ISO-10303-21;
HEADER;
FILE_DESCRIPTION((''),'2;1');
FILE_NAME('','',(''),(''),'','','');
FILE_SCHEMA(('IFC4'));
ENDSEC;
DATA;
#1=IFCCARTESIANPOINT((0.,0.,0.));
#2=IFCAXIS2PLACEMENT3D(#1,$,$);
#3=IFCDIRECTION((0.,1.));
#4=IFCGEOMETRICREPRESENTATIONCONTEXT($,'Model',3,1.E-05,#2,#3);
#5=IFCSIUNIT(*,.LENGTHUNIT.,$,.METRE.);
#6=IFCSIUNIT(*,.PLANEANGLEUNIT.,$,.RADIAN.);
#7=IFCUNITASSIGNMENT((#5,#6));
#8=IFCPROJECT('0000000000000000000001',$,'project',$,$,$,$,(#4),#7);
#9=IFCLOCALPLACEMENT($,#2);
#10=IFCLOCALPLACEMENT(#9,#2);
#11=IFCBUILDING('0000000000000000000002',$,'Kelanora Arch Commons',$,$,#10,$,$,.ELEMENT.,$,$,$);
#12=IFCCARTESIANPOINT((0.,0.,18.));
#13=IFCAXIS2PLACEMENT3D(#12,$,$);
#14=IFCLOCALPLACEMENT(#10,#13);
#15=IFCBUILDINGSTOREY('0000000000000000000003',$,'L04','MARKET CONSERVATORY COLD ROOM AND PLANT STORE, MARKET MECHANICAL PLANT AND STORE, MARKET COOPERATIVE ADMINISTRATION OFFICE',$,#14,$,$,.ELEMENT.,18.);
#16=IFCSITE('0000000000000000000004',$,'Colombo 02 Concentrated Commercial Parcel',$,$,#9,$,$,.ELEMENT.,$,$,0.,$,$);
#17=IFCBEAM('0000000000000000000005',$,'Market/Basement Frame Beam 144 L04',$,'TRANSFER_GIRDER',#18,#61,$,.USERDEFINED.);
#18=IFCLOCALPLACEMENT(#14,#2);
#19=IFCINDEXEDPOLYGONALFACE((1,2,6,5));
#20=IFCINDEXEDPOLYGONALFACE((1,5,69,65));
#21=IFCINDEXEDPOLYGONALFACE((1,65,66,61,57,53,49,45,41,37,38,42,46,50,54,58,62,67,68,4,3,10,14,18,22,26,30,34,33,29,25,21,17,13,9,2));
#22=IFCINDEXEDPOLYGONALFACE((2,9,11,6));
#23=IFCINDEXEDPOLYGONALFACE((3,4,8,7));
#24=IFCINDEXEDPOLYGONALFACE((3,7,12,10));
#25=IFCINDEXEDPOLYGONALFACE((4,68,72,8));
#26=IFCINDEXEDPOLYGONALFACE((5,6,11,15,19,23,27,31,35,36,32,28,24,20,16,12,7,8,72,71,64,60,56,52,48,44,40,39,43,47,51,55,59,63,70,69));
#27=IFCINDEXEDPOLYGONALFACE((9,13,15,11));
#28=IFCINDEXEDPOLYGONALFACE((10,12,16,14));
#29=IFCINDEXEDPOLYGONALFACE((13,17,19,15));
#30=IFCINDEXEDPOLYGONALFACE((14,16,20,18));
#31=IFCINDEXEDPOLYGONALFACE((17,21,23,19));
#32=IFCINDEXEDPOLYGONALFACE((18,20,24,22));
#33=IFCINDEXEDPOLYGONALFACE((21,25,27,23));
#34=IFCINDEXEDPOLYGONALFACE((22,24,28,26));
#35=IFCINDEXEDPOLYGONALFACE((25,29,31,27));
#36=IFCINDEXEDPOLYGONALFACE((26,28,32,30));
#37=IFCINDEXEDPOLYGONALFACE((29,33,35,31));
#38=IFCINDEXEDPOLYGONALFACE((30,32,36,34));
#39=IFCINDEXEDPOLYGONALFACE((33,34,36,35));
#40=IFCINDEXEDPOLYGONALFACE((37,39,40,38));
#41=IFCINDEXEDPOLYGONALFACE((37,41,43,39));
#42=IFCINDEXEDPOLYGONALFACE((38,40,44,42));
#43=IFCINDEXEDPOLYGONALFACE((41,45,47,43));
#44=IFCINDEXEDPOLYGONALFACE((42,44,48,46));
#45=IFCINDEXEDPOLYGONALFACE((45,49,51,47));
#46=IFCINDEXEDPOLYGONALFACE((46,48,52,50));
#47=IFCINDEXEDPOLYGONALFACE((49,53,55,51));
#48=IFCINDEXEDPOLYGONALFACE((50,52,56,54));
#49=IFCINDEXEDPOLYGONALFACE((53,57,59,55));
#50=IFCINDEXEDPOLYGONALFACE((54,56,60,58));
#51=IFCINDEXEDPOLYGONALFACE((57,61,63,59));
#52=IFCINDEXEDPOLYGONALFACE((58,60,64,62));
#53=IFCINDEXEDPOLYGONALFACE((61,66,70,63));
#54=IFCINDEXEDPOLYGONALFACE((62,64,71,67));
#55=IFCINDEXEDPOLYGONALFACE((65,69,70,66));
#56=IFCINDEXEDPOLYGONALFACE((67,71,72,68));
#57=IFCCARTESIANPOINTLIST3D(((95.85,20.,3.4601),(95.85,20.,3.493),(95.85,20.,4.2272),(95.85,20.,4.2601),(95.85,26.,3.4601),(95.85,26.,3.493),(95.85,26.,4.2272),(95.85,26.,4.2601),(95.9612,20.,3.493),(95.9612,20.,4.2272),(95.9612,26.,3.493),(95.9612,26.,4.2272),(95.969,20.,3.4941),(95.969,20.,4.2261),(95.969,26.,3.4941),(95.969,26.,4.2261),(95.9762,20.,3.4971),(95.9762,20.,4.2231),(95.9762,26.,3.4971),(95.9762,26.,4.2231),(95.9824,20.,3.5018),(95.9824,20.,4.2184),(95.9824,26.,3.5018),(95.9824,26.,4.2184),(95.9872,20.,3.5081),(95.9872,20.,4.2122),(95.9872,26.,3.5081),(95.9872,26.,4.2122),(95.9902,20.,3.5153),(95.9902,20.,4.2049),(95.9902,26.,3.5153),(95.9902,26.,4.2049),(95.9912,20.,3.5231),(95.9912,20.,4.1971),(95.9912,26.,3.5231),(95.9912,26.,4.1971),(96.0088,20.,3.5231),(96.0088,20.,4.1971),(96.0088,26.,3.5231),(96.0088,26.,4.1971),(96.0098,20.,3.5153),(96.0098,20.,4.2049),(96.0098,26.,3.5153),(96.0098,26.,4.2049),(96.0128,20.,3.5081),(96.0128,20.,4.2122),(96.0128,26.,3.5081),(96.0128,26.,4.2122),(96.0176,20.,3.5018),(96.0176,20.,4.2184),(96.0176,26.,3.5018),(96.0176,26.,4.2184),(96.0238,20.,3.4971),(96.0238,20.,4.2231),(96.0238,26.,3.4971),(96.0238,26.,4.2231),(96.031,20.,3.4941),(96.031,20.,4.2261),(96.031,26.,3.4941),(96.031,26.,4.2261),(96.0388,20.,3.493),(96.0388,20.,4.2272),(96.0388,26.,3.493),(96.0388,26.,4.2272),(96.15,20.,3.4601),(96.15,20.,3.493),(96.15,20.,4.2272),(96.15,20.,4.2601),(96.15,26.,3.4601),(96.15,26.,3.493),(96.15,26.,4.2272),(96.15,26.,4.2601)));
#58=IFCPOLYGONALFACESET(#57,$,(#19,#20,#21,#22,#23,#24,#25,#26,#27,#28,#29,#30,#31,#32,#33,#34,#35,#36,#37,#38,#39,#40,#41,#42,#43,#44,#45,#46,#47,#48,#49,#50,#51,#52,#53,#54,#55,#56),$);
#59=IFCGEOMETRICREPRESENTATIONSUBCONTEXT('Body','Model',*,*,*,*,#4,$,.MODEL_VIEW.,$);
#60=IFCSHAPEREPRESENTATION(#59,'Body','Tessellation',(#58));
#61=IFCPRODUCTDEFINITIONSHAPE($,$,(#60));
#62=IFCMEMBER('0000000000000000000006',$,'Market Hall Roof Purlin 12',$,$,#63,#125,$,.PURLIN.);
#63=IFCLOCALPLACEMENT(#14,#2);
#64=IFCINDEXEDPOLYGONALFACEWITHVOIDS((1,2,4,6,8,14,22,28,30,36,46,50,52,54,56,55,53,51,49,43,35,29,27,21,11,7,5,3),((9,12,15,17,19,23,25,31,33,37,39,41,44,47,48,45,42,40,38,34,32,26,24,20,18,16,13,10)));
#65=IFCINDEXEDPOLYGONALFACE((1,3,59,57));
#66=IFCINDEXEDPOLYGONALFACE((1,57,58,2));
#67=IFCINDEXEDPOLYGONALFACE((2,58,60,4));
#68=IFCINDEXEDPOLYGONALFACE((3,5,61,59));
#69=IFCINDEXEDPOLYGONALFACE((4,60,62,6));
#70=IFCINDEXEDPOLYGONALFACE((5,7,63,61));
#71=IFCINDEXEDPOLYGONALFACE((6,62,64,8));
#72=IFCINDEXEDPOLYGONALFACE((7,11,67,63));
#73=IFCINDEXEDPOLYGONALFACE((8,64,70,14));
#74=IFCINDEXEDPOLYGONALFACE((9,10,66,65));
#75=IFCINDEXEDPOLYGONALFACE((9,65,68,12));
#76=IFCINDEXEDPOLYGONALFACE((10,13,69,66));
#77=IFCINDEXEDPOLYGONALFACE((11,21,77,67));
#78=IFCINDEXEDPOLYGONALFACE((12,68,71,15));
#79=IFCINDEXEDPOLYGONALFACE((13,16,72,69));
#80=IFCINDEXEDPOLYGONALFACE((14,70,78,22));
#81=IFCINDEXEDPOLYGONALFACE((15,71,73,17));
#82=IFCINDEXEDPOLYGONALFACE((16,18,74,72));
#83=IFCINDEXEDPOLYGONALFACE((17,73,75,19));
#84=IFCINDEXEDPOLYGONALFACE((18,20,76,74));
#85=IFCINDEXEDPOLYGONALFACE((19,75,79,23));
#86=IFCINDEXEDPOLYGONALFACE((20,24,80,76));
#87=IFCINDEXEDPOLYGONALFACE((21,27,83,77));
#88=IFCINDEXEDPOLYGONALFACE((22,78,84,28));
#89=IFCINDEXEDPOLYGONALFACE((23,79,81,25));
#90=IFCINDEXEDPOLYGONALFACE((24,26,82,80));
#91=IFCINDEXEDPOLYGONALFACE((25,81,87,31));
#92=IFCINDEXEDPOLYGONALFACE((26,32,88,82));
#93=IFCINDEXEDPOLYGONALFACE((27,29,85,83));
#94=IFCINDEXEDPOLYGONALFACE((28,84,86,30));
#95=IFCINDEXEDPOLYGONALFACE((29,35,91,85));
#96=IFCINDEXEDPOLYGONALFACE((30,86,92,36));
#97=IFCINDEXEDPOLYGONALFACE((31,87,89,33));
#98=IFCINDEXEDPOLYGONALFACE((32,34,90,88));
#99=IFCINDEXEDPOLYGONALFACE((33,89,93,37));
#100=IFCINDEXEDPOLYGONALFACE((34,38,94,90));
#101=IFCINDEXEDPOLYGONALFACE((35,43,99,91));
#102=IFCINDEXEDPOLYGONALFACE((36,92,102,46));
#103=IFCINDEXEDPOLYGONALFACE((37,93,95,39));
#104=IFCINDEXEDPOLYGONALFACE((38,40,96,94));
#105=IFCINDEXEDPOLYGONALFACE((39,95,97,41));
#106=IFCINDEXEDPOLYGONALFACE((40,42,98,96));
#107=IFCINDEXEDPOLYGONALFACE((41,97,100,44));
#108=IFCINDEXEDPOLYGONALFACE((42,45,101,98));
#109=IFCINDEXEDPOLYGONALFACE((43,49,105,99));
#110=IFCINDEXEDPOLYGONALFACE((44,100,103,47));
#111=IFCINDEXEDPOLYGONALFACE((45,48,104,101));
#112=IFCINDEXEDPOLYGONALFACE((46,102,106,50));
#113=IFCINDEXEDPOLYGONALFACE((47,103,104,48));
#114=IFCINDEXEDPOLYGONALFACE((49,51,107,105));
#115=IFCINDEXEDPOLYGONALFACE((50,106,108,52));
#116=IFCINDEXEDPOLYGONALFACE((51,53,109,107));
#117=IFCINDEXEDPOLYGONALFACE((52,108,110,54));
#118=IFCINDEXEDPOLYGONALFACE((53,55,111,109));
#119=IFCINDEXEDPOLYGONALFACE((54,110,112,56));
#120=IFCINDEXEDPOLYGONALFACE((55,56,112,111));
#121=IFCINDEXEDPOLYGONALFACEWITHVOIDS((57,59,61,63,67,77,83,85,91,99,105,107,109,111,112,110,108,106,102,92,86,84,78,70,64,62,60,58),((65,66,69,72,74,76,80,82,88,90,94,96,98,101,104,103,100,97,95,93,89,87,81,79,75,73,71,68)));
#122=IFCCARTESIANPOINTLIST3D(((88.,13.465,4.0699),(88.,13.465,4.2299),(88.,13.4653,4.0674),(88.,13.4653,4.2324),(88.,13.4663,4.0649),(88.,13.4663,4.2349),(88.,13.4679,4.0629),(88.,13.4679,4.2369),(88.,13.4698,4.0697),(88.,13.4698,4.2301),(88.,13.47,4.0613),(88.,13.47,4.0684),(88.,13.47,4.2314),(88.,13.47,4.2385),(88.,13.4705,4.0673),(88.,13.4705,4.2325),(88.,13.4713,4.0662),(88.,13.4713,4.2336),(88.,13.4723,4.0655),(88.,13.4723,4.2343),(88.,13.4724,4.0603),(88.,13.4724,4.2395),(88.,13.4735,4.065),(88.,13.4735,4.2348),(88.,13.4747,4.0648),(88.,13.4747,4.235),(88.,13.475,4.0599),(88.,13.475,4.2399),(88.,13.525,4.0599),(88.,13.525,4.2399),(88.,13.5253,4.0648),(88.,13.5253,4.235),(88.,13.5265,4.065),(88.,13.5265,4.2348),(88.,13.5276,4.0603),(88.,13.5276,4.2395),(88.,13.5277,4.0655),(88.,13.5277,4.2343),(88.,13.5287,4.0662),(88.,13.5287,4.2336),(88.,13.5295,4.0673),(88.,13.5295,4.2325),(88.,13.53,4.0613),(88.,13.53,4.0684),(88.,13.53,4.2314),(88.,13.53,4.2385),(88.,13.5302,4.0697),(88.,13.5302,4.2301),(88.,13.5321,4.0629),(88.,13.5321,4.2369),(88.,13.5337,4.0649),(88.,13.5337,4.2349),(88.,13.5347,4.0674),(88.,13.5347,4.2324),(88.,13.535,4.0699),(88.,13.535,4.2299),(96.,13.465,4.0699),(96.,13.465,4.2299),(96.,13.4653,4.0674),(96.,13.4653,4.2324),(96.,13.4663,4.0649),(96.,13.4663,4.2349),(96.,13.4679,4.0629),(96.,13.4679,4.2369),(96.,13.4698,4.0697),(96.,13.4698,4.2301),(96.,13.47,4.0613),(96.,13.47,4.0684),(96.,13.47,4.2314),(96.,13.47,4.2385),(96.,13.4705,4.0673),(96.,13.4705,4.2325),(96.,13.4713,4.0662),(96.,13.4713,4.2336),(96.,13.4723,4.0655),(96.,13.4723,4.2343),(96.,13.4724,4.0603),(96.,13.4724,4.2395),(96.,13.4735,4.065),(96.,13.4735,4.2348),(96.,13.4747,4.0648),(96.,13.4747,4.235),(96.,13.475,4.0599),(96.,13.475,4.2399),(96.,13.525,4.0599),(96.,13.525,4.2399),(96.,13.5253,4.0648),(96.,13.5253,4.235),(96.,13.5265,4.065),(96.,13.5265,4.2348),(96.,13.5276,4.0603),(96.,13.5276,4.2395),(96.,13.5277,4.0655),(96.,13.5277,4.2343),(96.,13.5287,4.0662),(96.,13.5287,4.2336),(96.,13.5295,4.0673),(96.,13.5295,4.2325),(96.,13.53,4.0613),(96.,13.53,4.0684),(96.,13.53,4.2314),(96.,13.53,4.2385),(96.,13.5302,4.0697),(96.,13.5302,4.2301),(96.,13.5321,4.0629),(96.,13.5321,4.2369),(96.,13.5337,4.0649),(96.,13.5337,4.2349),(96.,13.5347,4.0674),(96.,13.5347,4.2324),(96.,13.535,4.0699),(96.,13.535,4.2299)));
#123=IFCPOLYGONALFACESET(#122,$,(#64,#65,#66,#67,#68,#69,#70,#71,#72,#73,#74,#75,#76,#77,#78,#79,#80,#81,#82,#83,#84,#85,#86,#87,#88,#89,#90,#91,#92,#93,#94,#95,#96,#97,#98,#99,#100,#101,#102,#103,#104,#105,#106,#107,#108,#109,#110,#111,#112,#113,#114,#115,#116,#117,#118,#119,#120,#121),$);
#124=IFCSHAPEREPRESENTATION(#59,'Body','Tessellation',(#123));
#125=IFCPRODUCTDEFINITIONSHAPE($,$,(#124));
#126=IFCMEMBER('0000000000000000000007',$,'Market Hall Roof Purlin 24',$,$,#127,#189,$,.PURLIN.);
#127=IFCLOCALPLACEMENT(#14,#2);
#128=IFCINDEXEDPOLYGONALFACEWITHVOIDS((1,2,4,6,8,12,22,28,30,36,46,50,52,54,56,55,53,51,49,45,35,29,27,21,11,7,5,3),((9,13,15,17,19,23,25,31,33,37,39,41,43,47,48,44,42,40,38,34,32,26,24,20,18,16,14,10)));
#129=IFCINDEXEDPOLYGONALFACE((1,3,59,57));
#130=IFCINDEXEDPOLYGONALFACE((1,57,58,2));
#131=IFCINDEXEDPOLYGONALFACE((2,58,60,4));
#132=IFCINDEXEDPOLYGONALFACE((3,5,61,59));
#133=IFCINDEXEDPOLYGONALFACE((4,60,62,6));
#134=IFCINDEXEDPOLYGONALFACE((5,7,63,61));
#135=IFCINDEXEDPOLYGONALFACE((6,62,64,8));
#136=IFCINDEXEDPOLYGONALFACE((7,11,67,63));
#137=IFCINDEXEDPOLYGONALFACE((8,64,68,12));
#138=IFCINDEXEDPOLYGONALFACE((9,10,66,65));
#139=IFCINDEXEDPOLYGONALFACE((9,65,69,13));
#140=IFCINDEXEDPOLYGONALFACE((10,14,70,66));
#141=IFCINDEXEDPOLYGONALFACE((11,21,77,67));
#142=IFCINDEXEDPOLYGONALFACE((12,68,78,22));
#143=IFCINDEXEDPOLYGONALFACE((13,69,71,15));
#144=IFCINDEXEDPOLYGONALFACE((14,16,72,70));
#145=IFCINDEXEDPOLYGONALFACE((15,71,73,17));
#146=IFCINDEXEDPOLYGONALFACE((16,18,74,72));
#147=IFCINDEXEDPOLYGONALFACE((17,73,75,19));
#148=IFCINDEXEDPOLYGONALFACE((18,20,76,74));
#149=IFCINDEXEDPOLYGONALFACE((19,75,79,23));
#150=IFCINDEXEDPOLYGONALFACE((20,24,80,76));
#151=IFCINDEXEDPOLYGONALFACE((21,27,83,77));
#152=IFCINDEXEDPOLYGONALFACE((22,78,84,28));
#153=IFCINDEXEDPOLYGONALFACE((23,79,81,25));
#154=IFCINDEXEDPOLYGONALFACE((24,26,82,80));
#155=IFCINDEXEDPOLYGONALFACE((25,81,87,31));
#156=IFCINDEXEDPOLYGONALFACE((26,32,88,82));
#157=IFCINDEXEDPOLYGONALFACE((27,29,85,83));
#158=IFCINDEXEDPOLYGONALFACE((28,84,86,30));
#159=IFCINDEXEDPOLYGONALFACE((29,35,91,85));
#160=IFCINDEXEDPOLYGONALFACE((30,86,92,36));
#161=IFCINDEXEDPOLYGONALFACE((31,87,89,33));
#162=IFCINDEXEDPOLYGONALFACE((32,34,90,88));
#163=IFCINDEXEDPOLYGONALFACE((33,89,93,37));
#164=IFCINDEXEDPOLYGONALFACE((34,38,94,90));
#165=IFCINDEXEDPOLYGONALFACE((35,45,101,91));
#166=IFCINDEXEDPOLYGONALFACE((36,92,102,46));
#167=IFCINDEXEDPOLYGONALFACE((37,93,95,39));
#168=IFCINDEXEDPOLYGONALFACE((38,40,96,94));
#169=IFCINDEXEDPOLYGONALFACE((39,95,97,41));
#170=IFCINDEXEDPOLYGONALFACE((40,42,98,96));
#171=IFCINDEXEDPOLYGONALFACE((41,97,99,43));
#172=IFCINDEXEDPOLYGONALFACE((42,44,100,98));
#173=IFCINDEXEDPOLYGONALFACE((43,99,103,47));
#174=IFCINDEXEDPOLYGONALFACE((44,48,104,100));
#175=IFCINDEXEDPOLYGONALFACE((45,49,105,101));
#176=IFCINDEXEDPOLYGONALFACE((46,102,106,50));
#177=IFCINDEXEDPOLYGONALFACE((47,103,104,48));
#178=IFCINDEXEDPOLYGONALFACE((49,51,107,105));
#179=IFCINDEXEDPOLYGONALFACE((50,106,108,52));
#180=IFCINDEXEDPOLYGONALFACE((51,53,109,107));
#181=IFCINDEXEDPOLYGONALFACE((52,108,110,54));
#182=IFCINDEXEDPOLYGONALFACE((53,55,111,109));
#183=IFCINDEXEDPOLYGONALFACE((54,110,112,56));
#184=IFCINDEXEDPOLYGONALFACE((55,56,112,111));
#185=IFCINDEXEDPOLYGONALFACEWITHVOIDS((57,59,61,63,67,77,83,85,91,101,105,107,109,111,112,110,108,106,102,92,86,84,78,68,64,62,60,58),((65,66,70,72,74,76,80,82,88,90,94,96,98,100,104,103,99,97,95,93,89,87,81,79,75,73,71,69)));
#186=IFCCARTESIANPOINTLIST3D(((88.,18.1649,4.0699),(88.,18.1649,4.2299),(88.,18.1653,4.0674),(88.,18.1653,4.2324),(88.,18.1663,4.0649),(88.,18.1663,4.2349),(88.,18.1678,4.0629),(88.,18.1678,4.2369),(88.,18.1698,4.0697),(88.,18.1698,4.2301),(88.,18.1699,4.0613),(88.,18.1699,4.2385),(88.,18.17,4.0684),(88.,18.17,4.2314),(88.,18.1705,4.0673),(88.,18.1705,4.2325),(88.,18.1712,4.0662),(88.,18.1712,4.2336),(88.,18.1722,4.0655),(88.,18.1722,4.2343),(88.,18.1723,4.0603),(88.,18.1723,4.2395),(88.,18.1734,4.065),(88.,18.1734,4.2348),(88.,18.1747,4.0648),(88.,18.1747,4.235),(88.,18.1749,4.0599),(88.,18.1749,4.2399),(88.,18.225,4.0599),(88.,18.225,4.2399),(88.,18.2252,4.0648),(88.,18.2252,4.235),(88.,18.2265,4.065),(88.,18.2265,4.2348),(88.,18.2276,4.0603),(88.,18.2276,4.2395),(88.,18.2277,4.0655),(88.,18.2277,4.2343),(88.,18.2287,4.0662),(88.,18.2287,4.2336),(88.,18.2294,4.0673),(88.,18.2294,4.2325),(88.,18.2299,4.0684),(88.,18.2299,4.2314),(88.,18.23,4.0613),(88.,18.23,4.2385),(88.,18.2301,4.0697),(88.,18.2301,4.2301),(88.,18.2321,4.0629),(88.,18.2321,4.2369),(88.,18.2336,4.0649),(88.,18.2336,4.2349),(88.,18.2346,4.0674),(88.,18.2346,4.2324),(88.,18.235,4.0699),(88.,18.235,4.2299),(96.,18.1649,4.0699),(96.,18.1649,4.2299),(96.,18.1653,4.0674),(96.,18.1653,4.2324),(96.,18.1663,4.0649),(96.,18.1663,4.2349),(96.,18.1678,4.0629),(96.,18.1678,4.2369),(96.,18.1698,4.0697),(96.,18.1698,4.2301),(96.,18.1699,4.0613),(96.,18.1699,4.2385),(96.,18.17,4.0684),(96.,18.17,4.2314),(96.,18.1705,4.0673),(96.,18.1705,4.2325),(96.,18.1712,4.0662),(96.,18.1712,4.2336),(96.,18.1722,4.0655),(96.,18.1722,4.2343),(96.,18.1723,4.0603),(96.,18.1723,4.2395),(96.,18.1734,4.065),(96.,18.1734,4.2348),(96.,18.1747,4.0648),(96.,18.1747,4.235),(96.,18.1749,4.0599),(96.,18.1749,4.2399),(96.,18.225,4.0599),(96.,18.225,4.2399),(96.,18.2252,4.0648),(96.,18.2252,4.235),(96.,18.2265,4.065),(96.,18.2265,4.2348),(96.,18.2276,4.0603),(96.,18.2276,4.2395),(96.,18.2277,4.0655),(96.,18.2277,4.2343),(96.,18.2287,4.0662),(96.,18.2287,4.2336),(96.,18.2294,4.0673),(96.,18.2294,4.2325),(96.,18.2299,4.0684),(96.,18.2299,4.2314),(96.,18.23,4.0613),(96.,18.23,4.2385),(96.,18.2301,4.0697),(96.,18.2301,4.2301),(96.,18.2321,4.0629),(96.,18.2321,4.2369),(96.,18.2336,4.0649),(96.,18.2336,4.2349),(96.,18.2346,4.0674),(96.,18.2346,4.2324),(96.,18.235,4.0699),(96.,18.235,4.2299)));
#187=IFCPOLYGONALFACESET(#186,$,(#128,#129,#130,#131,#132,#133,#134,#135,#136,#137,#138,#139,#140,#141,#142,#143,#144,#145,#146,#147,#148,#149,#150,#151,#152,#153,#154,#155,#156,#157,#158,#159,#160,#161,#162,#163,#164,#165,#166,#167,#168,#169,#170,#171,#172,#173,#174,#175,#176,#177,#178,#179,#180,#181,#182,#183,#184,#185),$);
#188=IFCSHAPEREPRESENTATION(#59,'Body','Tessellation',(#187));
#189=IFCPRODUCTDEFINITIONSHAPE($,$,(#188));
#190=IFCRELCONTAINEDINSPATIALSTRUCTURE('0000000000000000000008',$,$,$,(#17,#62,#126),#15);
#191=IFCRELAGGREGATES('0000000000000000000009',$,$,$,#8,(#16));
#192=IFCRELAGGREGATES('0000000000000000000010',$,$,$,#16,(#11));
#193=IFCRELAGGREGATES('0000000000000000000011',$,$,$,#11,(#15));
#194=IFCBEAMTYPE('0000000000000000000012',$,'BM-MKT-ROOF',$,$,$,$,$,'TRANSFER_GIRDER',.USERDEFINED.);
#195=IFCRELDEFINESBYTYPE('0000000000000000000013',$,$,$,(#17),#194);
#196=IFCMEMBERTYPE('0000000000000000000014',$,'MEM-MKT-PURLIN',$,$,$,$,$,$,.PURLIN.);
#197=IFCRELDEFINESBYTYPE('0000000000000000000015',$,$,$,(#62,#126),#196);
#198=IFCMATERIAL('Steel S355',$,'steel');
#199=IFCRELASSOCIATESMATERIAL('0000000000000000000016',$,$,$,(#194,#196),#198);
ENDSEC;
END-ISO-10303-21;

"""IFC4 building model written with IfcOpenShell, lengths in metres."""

from ifc_helpers import new_model, si_unit, direction, frame, origin, origin_2d, place, context, subcontext, project, spatial, hollow_rectangle, i_section, extrude, material, material_profile, profile_set, type_object, element, save


model = new_model("IFC4")

# Units and contexts
model_context = context("Model", 3, precision=1e-05, world=origin(), true_north=direction((0.0, 1.0)))
body_context = subcontext(model_context, "Body", "Model", "MODEL_VIEW")
ifc_project = project(units=[si_unit("LENGTHUNIT", "METRE"), si_unit("PLANEANGLEUNIT", "RADIAN")], contexts=[model_context])

# Site, building, storey
site_placement = place(None, origin())
site = spatial("IfcSite", under=ifc_project, at=site_placement, Name="Colombo 02 Concentrated Commercial Parcel", CompositionType="ELEMENT", RefElevation=0.0)
building_placement = place(site_placement, origin())
building = spatial("IfcBuilding", under=site, at=building_placement, Name="Kelanora Arch Commons", CompositionType="ELEMENT")
storey_placement = place(building_placement, frame((0.0, 0.0, 18.0)))
storey = spatial("IfcBuildingStorey", under=building, at=storey_placement, Name="L04", Description="MARKET CONSERVATORY COLD ROOM AND PLANT STORE, MARKET MECHANICAL PLANT AND STORE, MARKET COOPERATIVE ADMINISTRATION OFFICE", CompositionType="ELEMENT", Elevation=18.0)

# Beam
ifc_material_1 = material(Name="Steel S355", Category="steel")
ifc_material_profile_1 = material_profile(ifc_material_1, i_section(OverallWidth=0.3, OverallDepth=0.8, WebThickness=0.0176, FlangeThickness=0.033, FilletRadius=0.03, at=origin_2d()), Name="HEB800")
ifc_profile_set_1 = profile_set([ifc_material_profile_1], Name="Steel S355")
beam_type = type_object("IfcBeamType", Name="BM-MKT-ROOF", ElementType="TRANSFER_GIRDER", PredefinedType="USERDEFINED", material=ifc_profile_set_1)
beam_1_placement = place(storey_placement, frame((96.0, 20.0, 3.8601), z_axis=(0.0, 1.0, 0.0), x_axis=(-1.0, 0.0, 0.0)))
element("IfcBeam", 1, at=beam_1_placement, inside=storey, type_object=beam_type, Name="Market/Basement Frame Beam 144 L04", ObjectType="TRANSFER_GIRDER", PredefinedType="USERDEFINED", context=body_context, shape_type="SweptSolid", body=[
    extrude(i_section(OverallWidth=0.3, OverallDepth=0.8, WebThickness=0.0176, FlangeThickness=0.033, FilletRadius=0.03, at=origin_2d()), origin(), (0.0, 0.0, 1.0), 6.0),
])

# Members
ifc_material_profile_2 = material_profile(ifc_material_1, hollow_rectangle(XDim=0.0701, YDim=0.1799, WallThickness=0.0049, InnerFilletRadius=0.0049, OuterFilletRadius=0.01, at=origin_2d()), Name="RHS180x70x5")
ifc_profile_set_2 = profile_set([ifc_material_profile_2], Name="Steel S355")
member_type = type_object("IfcMemberType", Name="MEM-MKT-PURLIN", PredefinedType="PURLIN", material=ifc_profile_set_2)
for number, where, z_axis, x_axis, name in (
    (2, (88.0, 13.5, 4.1499), (1.0, 0.0, 0.0), (0.0, 1.0, 0.0), "Market Hall Roof Purlin 12"),
    (3, (88.0, 18.2, 4.1499), (1.0, 0.0, 0.0), (0.0, 1.0, 0.0), "Market Hall Roof Purlin 24"),
):
    element("IfcMember", number, at=place(storey_placement, frame(where, z_axis=z_axis, x_axis=x_axis)), inside=storey, type_object=member_type, Name=name, PredefinedType="PURLIN", context=body_context, shape_type="SweptSolid", body=[
        extrude(hollow_rectangle(XDim=0.0701, YDim=0.1799, WallThickness=0.0049, InnerFilletRadius=0.0049, OuterFilletRadius=0.01, at=origin_2d()), origin(), (0.0, 0.0, 1.0), 8.0),
    ])

save(model, "model.ifc")
